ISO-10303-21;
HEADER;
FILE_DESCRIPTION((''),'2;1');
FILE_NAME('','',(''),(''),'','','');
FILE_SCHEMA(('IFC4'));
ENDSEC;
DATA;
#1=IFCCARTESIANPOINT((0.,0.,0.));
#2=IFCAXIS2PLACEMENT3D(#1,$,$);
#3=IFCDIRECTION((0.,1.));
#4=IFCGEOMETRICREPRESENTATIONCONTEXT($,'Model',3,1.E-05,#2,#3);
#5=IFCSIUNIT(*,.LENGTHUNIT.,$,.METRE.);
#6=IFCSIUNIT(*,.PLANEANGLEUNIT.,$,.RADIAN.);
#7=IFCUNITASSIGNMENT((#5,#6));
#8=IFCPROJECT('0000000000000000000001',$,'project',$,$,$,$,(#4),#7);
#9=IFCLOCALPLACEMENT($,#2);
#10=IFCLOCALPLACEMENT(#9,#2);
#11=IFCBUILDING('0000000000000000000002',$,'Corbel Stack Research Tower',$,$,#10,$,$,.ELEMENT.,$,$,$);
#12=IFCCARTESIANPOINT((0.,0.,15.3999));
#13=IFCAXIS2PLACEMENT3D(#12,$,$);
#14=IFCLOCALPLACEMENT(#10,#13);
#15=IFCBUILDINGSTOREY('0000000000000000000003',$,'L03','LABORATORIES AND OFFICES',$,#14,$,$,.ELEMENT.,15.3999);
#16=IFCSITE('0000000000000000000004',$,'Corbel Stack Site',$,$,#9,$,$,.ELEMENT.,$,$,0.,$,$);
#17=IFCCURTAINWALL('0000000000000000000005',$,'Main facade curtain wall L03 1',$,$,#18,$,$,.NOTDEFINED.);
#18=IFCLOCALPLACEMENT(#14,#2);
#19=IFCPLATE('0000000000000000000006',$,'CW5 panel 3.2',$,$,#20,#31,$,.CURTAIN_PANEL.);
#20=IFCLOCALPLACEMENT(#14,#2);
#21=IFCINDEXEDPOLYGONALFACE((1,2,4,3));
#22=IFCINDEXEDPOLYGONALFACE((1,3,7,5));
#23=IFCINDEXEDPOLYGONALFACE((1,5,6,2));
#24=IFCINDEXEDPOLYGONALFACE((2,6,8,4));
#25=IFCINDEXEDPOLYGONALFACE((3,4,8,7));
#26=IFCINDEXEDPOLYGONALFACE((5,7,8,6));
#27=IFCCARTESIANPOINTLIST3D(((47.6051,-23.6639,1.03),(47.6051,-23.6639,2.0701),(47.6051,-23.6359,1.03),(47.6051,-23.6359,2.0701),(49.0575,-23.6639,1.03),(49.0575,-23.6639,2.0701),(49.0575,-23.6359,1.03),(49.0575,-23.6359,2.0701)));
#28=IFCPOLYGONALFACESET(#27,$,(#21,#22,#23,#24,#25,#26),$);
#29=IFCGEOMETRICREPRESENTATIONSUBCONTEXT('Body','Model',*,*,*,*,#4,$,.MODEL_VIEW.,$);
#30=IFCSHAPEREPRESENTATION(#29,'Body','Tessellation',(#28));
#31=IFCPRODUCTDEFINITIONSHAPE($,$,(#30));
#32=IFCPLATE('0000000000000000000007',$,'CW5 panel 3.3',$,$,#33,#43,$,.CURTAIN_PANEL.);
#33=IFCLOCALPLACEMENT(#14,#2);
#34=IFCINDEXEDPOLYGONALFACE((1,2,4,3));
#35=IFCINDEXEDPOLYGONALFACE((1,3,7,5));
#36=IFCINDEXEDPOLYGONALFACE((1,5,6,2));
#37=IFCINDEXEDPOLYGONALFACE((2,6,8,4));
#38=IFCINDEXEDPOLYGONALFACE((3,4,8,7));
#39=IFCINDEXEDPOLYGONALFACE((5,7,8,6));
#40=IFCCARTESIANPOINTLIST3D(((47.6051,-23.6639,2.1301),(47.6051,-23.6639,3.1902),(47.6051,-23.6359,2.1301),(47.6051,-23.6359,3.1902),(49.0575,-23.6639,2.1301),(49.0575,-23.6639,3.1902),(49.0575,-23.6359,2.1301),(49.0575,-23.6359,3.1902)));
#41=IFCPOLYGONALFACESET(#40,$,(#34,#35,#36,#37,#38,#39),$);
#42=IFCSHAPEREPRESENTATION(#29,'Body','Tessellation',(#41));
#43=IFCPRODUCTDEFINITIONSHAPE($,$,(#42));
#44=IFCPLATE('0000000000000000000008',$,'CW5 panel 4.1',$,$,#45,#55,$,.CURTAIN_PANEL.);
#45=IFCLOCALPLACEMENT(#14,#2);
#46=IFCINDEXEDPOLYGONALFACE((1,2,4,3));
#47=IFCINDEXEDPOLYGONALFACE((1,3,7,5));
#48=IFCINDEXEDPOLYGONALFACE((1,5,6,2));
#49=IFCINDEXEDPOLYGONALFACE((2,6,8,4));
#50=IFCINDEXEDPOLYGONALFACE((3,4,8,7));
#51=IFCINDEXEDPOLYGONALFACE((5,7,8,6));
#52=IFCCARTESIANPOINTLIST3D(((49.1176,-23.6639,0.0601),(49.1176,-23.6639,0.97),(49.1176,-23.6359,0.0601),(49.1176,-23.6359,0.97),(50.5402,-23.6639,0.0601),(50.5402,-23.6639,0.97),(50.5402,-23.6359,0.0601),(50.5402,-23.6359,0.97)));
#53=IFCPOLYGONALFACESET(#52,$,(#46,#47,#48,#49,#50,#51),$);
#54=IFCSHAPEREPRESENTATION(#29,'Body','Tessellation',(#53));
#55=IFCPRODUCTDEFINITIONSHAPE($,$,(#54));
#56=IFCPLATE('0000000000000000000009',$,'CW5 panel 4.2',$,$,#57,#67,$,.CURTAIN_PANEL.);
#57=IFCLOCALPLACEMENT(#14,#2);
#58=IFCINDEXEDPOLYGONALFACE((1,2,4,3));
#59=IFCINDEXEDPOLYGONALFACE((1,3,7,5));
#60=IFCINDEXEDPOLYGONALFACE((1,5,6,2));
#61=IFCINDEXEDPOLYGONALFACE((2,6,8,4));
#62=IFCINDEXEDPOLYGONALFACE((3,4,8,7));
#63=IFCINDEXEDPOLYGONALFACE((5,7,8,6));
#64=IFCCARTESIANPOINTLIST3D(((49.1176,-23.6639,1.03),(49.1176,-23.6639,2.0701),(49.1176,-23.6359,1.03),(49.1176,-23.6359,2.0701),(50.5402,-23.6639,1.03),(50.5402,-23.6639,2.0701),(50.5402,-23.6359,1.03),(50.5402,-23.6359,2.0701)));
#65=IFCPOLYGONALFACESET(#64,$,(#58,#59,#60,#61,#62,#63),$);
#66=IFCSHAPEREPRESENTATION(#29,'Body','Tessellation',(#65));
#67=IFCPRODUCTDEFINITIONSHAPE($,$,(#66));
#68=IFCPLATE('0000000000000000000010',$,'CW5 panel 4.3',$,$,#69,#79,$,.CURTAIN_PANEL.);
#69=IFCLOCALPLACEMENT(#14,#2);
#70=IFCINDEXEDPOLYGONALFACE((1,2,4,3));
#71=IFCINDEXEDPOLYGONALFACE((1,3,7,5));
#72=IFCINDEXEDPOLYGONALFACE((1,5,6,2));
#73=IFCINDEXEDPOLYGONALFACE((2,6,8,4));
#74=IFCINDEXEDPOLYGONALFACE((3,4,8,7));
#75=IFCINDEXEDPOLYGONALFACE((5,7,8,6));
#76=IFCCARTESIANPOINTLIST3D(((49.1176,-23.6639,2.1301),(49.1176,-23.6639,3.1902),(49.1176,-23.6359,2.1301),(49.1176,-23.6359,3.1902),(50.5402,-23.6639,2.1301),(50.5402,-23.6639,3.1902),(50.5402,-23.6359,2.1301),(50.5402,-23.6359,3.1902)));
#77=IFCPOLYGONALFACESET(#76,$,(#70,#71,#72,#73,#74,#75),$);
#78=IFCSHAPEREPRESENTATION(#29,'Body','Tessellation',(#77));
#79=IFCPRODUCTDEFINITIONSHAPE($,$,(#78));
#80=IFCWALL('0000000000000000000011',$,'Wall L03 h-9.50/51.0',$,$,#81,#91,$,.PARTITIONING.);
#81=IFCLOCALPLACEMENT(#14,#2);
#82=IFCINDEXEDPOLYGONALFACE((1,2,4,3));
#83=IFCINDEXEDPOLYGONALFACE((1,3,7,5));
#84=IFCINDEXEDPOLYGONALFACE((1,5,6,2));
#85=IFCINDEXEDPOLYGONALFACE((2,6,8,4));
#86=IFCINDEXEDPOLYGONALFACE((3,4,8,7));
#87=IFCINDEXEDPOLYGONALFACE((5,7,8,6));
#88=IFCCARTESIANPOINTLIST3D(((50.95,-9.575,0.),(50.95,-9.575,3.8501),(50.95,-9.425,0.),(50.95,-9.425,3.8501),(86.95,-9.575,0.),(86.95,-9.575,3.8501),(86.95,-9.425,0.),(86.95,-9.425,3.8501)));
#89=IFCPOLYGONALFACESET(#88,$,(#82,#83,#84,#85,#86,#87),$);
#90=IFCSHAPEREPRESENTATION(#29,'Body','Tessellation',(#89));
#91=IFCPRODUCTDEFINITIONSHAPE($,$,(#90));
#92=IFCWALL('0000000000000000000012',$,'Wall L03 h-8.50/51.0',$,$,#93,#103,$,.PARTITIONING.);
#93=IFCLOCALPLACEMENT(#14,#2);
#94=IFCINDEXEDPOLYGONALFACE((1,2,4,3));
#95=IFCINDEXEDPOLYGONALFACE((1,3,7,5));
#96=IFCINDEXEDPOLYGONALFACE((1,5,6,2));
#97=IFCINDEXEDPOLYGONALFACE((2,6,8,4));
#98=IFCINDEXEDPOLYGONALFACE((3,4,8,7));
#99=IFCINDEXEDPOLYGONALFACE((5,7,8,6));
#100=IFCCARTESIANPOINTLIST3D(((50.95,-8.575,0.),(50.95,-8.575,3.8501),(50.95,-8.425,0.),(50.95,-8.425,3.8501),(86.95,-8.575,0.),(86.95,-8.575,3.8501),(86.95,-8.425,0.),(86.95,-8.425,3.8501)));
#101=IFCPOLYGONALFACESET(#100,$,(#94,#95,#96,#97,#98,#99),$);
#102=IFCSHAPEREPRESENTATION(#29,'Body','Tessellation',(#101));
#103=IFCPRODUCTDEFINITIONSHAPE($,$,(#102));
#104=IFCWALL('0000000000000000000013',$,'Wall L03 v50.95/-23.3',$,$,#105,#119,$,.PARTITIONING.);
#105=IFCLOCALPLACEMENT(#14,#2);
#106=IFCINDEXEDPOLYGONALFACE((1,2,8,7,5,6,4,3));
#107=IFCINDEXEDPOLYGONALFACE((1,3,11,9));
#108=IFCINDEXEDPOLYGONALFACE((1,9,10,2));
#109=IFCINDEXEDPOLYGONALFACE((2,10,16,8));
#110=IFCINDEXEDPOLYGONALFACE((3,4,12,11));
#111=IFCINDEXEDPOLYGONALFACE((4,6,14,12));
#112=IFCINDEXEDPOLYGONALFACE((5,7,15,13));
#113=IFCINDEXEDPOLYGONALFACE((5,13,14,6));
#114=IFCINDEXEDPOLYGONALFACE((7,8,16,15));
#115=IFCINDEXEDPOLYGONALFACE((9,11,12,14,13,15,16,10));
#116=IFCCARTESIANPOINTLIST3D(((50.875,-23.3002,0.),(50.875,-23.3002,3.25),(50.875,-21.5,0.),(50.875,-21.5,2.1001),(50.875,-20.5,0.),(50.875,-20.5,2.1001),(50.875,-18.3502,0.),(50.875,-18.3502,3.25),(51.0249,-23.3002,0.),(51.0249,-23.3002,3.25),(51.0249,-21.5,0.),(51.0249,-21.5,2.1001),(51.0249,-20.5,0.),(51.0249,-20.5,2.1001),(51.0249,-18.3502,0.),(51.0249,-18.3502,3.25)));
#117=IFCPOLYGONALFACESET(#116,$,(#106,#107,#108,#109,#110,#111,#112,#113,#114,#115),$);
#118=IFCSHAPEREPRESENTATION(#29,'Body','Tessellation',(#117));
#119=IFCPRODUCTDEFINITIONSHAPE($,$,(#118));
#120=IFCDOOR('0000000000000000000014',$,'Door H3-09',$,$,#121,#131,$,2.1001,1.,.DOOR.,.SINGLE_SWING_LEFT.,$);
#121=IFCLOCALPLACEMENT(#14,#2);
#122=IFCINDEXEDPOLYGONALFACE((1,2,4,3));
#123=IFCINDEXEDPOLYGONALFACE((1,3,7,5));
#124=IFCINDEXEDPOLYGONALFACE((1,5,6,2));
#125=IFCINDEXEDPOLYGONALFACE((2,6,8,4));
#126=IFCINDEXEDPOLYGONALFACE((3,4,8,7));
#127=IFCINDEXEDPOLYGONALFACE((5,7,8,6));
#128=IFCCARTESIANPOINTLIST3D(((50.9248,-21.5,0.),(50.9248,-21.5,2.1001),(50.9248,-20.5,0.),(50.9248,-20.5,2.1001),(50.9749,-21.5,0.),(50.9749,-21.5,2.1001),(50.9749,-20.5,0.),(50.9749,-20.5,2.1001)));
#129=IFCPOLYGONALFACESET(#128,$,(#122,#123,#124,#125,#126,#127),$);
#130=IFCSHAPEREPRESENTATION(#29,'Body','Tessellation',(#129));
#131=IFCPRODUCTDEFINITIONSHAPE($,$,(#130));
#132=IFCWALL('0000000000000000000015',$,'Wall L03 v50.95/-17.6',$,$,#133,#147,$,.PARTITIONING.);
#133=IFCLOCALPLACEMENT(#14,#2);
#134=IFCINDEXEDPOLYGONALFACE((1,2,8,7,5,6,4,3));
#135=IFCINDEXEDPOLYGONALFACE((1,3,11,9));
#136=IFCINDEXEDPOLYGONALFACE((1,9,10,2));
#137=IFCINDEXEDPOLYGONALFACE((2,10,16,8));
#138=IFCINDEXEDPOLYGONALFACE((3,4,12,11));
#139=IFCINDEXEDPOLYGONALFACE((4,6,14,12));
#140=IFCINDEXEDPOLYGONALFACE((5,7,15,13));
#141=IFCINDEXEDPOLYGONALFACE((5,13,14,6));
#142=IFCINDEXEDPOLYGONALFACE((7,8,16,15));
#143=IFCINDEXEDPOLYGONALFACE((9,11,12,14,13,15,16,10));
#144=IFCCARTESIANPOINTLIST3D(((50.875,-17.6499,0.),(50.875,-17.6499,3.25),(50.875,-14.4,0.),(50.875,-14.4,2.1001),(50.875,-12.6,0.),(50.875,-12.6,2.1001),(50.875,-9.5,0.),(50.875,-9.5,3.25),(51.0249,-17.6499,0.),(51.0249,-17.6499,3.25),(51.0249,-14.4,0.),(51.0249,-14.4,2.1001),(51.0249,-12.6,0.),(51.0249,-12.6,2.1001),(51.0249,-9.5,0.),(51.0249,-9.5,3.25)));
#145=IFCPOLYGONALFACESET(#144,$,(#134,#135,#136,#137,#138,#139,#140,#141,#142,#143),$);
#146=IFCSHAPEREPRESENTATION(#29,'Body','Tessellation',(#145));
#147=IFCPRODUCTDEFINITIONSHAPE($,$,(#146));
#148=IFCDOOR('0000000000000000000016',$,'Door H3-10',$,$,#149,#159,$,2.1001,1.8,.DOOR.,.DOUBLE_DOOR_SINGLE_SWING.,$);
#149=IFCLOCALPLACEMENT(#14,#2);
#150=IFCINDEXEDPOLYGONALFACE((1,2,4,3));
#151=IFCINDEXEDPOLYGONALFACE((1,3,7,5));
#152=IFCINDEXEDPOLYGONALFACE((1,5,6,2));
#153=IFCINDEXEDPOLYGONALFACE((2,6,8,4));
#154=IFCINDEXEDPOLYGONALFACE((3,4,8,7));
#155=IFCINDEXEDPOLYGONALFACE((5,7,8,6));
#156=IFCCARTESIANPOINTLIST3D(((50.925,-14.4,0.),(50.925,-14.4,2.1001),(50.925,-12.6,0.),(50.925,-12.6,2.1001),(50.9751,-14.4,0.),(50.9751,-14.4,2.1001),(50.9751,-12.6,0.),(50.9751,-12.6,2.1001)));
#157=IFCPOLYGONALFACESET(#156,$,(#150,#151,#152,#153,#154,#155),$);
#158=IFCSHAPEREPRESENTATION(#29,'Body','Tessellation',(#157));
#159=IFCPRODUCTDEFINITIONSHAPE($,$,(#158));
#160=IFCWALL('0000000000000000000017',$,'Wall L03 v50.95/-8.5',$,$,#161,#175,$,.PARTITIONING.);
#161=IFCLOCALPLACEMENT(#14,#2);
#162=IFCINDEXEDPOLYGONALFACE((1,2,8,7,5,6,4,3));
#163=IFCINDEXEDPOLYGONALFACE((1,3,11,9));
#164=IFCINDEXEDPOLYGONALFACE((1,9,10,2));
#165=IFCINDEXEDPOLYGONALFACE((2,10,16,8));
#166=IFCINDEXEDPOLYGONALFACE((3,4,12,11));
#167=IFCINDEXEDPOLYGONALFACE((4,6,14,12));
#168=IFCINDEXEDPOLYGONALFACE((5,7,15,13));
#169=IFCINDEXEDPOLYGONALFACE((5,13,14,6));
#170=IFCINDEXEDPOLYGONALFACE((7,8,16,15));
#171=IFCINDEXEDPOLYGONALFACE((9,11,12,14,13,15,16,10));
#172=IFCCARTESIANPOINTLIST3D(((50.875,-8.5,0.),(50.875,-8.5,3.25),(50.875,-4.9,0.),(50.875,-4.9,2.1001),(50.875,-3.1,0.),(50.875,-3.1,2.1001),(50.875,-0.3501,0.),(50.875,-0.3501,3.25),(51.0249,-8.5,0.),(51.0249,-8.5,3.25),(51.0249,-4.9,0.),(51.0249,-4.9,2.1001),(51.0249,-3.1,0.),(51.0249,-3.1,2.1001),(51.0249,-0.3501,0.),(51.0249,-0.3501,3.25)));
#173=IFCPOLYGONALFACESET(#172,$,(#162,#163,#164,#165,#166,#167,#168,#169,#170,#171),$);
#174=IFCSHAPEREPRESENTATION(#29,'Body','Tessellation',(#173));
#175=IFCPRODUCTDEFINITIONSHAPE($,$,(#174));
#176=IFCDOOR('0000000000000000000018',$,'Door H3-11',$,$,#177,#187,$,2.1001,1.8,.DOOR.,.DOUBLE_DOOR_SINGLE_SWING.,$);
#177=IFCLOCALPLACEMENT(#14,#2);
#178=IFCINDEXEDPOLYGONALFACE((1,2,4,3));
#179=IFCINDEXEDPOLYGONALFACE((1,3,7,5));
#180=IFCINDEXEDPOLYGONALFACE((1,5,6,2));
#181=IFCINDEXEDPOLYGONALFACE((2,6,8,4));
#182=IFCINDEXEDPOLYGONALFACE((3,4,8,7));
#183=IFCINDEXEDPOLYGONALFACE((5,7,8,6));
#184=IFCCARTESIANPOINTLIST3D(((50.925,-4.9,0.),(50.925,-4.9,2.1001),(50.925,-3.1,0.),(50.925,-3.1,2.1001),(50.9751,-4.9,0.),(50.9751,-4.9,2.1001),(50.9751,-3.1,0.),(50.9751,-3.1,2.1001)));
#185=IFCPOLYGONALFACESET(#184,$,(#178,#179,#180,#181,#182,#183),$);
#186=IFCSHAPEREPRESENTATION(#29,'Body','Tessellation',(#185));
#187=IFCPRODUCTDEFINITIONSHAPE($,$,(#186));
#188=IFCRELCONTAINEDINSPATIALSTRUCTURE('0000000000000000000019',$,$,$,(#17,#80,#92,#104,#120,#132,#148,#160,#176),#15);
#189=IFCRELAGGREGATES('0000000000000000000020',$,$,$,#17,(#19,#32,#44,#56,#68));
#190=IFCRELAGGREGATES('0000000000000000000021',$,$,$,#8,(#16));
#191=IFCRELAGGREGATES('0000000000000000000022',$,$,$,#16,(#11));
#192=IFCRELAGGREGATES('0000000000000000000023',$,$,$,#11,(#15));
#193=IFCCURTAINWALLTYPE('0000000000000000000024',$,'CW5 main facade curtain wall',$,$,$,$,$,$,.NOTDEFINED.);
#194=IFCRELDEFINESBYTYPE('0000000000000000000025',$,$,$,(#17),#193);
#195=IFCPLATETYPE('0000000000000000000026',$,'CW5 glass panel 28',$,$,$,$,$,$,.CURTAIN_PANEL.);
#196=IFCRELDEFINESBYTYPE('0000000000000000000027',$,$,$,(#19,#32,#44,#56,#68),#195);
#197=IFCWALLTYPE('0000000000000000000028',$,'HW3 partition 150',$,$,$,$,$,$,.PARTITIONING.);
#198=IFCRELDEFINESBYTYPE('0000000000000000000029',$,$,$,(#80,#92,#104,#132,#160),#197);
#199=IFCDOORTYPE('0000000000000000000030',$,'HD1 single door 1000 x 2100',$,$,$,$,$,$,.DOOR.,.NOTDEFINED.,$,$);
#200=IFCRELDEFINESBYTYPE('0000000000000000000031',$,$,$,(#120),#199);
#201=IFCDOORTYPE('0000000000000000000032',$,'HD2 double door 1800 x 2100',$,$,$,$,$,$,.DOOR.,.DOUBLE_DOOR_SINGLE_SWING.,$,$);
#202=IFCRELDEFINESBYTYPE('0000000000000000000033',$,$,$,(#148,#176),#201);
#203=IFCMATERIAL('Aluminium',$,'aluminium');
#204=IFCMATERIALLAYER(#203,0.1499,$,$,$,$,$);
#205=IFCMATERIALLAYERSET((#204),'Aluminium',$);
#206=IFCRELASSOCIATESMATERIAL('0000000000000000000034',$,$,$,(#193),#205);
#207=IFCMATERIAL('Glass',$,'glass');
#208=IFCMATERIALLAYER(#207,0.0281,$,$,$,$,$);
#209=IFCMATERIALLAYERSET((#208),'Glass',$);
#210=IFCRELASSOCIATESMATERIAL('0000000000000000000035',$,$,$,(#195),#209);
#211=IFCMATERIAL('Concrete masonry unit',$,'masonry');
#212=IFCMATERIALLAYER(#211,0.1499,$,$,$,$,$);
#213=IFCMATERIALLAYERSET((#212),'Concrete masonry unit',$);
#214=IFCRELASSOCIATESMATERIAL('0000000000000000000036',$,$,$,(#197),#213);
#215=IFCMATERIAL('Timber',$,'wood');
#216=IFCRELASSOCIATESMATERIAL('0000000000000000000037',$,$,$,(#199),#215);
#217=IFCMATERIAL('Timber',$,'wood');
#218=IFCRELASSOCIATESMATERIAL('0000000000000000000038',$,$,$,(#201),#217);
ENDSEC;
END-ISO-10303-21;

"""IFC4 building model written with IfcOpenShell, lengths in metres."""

from ifc_helpers import new_model, si_unit, direction, frame, frame_2d, origin, origin_2d, place, context, subcontext, project, spatial, rectangle, extrude, material, layer, layer_set, type_object, element, fill, aggregate, save


model = new_model("IFC4")

# Units and contexts
model_context = context("Model", 3, precision=1e-05, world=origin(), true_north=direction((0.0, 1.0)))
body_context = subcontext(model_context, "Body", "Model", "MODEL_VIEW")
ifc_project = project(units=[si_unit("LENGTHUNIT", "METRE"), si_unit("PLANEANGLEUNIT", "RADIAN")], contexts=[model_context])

# Site, building, storey
site_placement = place(None, origin())
site = spatial("IfcSite", under=ifc_project, at=site_placement, Name="Corbel Stack Site", CompositionType="ELEMENT", RefElevation=0.0)
building_placement = place(site_placement, origin())
building = spatial("IfcBuilding", under=site, at=building_placement, Name="Corbel Stack Research Tower", CompositionType="ELEMENT")
storey_placement = place(building_placement, frame((0.0, 0.0, 15.3999)))
storey = spatial("IfcBuildingStorey", under=building, at=storey_placement, Name="L03", Description="LABORATORIES AND OFFICES", CompositionType="ELEMENT", Elevation=15.3999)

# Curtain wall
ifc_material_1 = material(Name="Aluminium", Category="aluminium")
ifc_layer_1 = layer(ifc_material_1, 0.1499)
ifc_layer_set_1 = layer_set([ifc_layer_1], Name="Aluminium")
curtain_wall_type = type_object("IfcCurtainWallType", Name="CW5 main facade curtain wall", PredefinedType="NOTDEFINED", material=ifc_layer_set_1)
curtain_wall_placement = place(storey_placement, origin())
curtain_wall = element("IfcCurtainWall", 1, at=curtain_wall_placement, inside=storey, type_object=curtain_wall_type, Name="Main facade curtain wall L03 1", PredefinedType="NOTDEFINED")

# Plates
ifc_material_2 = material(Name="Glass", Category="glass")
ifc_layer_2 = layer(ifc_material_2, 0.0281)
ifc_layer_set_2 = layer_set([ifc_layer_2], Name="Glass")
plate_type = type_object("IfcPlateType", Name="CW5 glass panel 28", PredefinedType="CURTAIN_PANEL", material=ifc_layer_set_2)
plate_1_placement = place(storey_placement, frame((48.3313, -23.6499, 1.03), z_axis=(0.0, 0.0, 1.0), x_axis=(1.0, 0.0, 0.0)))
plate_1 = element("IfcPlate", 2, at=plate_1_placement, type_object=plate_type, Name="CW5 panel 3.2", PredefinedType="CURTAIN_PANEL", context=body_context, shape_type="SweptSolid", body=[
    extrude(rectangle(XDim=1.4524, YDim=0.0281, at=origin_2d()), origin(), (0.0, 0.0, 1.0), 1.04),
])
plate_2_placement = place(storey_placement, frame((48.3313, -23.6499, 2.1301), z_axis=(0.0, 0.0, 1.0), x_axis=(1.0, 0.0, 0.0)))
plate_2 = element("IfcPlate", 3, at=plate_2_placement, type_object=plate_type, Name="CW5 panel 3.3", PredefinedType="CURTAIN_PANEL", context=body_context, shape_type="SweptSolid", body=[
    extrude(rectangle(XDim=1.4524, YDim=0.0281, at=origin_2d()), origin(), (0.0, 0.0, 1.0), 1.0601),
])
plate_3_placement = place(storey_placement, frame((49.8289, -23.6499, 0.0601), z_axis=(0.0, 0.0, 1.0), x_axis=(1.0, 0.0, 0.0)))
plate_3 = element("IfcPlate", 4, at=plate_3_placement, type_object=plate_type, Name="CW5 panel 4.1", PredefinedType="CURTAIN_PANEL", context=body_context, shape_type="SweptSolid", body=[
    extrude(rectangle(XDim=1.4226, YDim=0.0281, at=origin_2d()), origin(), (0.0, 0.0, 1.0), 0.9099),
])
plate_4_placement = place(storey_placement, frame((49.8289, -23.6499, 1.03), z_axis=(0.0, 0.0, 1.0), x_axis=(1.0, 0.0, 0.0)))
plate_4 = element("IfcPlate", 5, at=plate_4_placement, type_object=plate_type, Name="CW5 panel 4.2", PredefinedType="CURTAIN_PANEL", context=body_context, shape_type="SweptSolid", body=[
    extrude(rectangle(XDim=1.4226, YDim=0.0281, at=origin_2d()), origin(), (0.0, 0.0, 1.0), 1.04),
])
plate_5_placement = place(storey_placement, frame((49.8289, -23.6499, 2.1301), z_axis=(0.0, 0.0, 1.0), x_axis=(1.0, 0.0, 0.0)))
plate_5 = element("IfcPlate", 6, at=plate_5_placement, type_object=plate_type, Name="CW5 panel 4.3", PredefinedType="CURTAIN_PANEL", context=body_context, shape_type="SweptSolid", body=[
    extrude(rectangle(XDim=1.4226, YDim=0.0281, at=origin_2d()), origin(), (0.0, 0.0, 1.0), 1.0601),
])
aggregate(curtain_wall, [plate_1, plate_2, plate_3, plate_4, plate_5])

# Walls
ifc_material_3 = material(Name="Concrete masonry unit", Category="masonry")
ifc_layer_3 = layer(ifc_material_3, 0.1499)
ifc_layer_set_3 = layer_set([ifc_layer_3], Name="Concrete masonry unit")
wall_type = type_object("IfcWallType", Name="HW3 partition 150", PredefinedType="PARTITIONING", material=ifc_layer_set_3)
for number, where, z_axis, x_axis, name in (
    (7, (50.95, -9.5, 0.0), (0.0, 0.0, 1.0), (1.0, 0.0, 0.0), "Wall L03 h-9.50/51.0"),
    (8, (50.95, -8.5, 0.0), (0.0, 0.0, 1.0), (1.0, 0.0, 0.0), "Wall L03 h-8.50/51.0"),
):
    element("IfcWall", number, at=place(storey_placement, frame(where, z_axis=z_axis, x_axis=x_axis)), inside=storey, type_object=wall_type, Name=name, PredefinedType="PARTITIONING", context=body_context, shape_type="SweptSolid", body=[
        extrude(rectangle(XDim=36.0, YDim=0.1499, at=frame_2d((18.0, 0.0))), origin(), (0.0, 0.0, 1.0), 3.8501),
    ])

# Walls, openings, doors
wall_1_placement = place(storey_placement, frame((50.95, -18.3501, 0.0), z_axis=(0.0, 0.0, 1.0), x_axis=(0.0, -1.0, 0.0)))
wall_1 = element("IfcWall", 9, at=wall_1_placement, inside=storey, type_object=wall_type, Name="Wall L03 v50.95/-23.3", PredefinedType="PARTITIONING", context=body_context, shape_type="SweptSolid", body=[
    extrude(rectangle(XDim=4.95, YDim=0.1499, at=frame_2d((2.4751, 0.0))), origin(), (0.0, 0.0, 1.0), 3.25),
])
opening_1_placement = place(wall_1_placement, frame((2.1499, 0.0, 0.0)))
opening_1 = element("IfcOpeningElement", 10, at=opening_1_placement, cuts=wall_1, PredefinedType="OPENING", context=body_context, shape_type="SweptSolid", body=[
    extrude(rectangle(XDim=1.0, YDim=2.1001, at=frame_2d((0.5, 1.05))), frame((0.0, 0.085, 0.0), z_axis=(0.0, -1.0, 0.0), x_axis=(1.0, 0.0, 0.0)), (0.0, 0.0, 1.0), 0.1699),
])
ifc_material_4 = material(Name="Timber", Category="wood")
door_type_1 = type_object("IfcDoorType", Name="HD1 single door 1000 x 2100", OperationType="NOTDEFINED", PredefinedType="DOOR", material=ifc_material_4)
door_1_placement = place(opening_1_placement, origin())
door_1 = element("IfcDoor", 11, at=door_1_placement, inside=storey, type_object=door_type_1, Name="Door H3-09", OperationType="SINGLE_SWING_LEFT", OverallHeight=2.1001, OverallWidth=1.0, PredefinedType="DOOR", context=body_context, shape_type="SweptSolid", body=[
    extrude(rectangle(XDim=1.0, YDim=2.1001, at=frame_2d((0.5, 1.05))), frame((0.0, 0.0249, 0.0), z_axis=(0.0, -1.0, 0.0), x_axis=(1.0, 0.0, 0.0)), (0.0, 0.0, 1.0), 0.05),
])
fill(opening_1, door_1)
wall_2_placement = place(storey_placement, frame((50.95, -17.6499, 0.0), z_axis=(0.0, 0.0, 1.0), x_axis=(0.0, 1.0, 0.0)))
wall_2 = element("IfcWall", 12, at=wall_2_placement, inside=storey, type_object=wall_type, Name="Wall L03 v50.95/-17.6", PredefinedType="PARTITIONING", context=body_context, shape_type="SweptSolid", body=[
    extrude(rectangle(XDim=8.1499, YDim=0.1499, at=frame_2d((4.075, 0.0))), origin(), (0.0, 0.0, 1.0), 3.25),
])
opening_2_placement = place(wall_2_placement, frame((3.25, 0.0, 0.0)))
opening_2 = element("IfcOpeningElement", 13, at=opening_2_placement, cuts=wall_2, PredefinedType="OPENING", context=body_context, shape_type="SweptSolid", body=[
    extrude(rectangle(XDim=1.8, YDim=2.1001, at=frame_2d((0.8999, 1.05))), frame((0.0, 0.085, 0.0), z_axis=(0.0, -1.0, 0.0), x_axis=(1.0, 0.0, 0.0)), (0.0, 0.0, 1.0), 0.1699),
])
ifc_material_5 = material(Name="Timber", Category="wood")
door_type_2 = type_object("IfcDoorType", Name="HD2 double door 1800 x 2100", OperationType="DOUBLE_DOOR_SINGLE_SWING", PredefinedType="DOOR", material=ifc_material_5)
door_2_placement = place(opening_2_placement, origin())
door_2 = element("IfcDoor", 14, at=door_2_placement, inside=storey, type_object=door_type_2, Name="Door H3-10", OperationType="DOUBLE_DOOR_SINGLE_SWING", OverallHeight=2.1001, OverallWidth=1.8, PredefinedType="DOOR", context=body_context, shape_type="SweptSolid", body=[
    extrude(rectangle(XDim=1.8, YDim=2.1001, at=frame_2d((0.8999, 1.05))), frame((0.0, 0.0249, 0.0), z_axis=(0.0, -1.0, 0.0), x_axis=(1.0, 0.0, 0.0)), (0.0, 0.0, 1.0), 0.05),
])
fill(opening_2, door_2)
wall_3_placement = place(storey_placement, frame((50.95, -8.5, 0.0), z_axis=(0.0, 0.0, 1.0), x_axis=(0.0, 1.0, 0.0)))
wall_3 = element("IfcWall", 15, at=wall_3_placement, inside=storey, type_object=wall_type, Name="Wall L03 v50.95/-8.5", PredefinedType="PARTITIONING", context=body_context, shape_type="SweptSolid", body=[
    extrude(rectangle(XDim=8.1499, YDim=0.1499, at=frame_2d((4.075, 0.0))), origin(), (0.0, 0.0, 1.0), 3.25),
])
opening_3_placement = place(wall_3_placement, frame((3.6001, 0.0, 0.0)))
opening_3 = element("IfcOpeningElement", 16, at=opening_3_placement, cuts=wall_3, PredefinedType="OPENING", context=body_context, shape_type="SweptSolid", body=[
    extrude(rectangle(XDim=1.8, YDim=2.1001, at=frame_2d((0.8999, 1.05))), frame((0.0, 0.085, 0.0), z_axis=(0.0, -1.0, 0.0), x_axis=(1.0, 0.0, 0.0)), (0.0, 0.0, 1.0), 0.1699),
])
door_3_placement = place(opening_3_placement, origin())
door_3 = element("IfcDoor", 17, at=door_3_placement, inside=storey, type_object=door_type_2, Name="Door H3-11", OperationType="DOUBLE_DOOR_SINGLE_SWING", OverallHeight=2.1001, OverallWidth=1.8, PredefinedType="DOOR", context=body_context, shape_type="SweptSolid", body=[
    extrude(rectangle(XDim=1.8, YDim=2.1001, at=frame_2d((0.8999, 1.05))), frame((0.0, 0.0249, 0.0), z_axis=(0.0, -1.0, 0.0), x_axis=(1.0, 0.0, 0.0)), (0.0, 0.0, 1.0), 0.05),
])
fill(opening_3, door_3)

save(model, "model.ifc")
